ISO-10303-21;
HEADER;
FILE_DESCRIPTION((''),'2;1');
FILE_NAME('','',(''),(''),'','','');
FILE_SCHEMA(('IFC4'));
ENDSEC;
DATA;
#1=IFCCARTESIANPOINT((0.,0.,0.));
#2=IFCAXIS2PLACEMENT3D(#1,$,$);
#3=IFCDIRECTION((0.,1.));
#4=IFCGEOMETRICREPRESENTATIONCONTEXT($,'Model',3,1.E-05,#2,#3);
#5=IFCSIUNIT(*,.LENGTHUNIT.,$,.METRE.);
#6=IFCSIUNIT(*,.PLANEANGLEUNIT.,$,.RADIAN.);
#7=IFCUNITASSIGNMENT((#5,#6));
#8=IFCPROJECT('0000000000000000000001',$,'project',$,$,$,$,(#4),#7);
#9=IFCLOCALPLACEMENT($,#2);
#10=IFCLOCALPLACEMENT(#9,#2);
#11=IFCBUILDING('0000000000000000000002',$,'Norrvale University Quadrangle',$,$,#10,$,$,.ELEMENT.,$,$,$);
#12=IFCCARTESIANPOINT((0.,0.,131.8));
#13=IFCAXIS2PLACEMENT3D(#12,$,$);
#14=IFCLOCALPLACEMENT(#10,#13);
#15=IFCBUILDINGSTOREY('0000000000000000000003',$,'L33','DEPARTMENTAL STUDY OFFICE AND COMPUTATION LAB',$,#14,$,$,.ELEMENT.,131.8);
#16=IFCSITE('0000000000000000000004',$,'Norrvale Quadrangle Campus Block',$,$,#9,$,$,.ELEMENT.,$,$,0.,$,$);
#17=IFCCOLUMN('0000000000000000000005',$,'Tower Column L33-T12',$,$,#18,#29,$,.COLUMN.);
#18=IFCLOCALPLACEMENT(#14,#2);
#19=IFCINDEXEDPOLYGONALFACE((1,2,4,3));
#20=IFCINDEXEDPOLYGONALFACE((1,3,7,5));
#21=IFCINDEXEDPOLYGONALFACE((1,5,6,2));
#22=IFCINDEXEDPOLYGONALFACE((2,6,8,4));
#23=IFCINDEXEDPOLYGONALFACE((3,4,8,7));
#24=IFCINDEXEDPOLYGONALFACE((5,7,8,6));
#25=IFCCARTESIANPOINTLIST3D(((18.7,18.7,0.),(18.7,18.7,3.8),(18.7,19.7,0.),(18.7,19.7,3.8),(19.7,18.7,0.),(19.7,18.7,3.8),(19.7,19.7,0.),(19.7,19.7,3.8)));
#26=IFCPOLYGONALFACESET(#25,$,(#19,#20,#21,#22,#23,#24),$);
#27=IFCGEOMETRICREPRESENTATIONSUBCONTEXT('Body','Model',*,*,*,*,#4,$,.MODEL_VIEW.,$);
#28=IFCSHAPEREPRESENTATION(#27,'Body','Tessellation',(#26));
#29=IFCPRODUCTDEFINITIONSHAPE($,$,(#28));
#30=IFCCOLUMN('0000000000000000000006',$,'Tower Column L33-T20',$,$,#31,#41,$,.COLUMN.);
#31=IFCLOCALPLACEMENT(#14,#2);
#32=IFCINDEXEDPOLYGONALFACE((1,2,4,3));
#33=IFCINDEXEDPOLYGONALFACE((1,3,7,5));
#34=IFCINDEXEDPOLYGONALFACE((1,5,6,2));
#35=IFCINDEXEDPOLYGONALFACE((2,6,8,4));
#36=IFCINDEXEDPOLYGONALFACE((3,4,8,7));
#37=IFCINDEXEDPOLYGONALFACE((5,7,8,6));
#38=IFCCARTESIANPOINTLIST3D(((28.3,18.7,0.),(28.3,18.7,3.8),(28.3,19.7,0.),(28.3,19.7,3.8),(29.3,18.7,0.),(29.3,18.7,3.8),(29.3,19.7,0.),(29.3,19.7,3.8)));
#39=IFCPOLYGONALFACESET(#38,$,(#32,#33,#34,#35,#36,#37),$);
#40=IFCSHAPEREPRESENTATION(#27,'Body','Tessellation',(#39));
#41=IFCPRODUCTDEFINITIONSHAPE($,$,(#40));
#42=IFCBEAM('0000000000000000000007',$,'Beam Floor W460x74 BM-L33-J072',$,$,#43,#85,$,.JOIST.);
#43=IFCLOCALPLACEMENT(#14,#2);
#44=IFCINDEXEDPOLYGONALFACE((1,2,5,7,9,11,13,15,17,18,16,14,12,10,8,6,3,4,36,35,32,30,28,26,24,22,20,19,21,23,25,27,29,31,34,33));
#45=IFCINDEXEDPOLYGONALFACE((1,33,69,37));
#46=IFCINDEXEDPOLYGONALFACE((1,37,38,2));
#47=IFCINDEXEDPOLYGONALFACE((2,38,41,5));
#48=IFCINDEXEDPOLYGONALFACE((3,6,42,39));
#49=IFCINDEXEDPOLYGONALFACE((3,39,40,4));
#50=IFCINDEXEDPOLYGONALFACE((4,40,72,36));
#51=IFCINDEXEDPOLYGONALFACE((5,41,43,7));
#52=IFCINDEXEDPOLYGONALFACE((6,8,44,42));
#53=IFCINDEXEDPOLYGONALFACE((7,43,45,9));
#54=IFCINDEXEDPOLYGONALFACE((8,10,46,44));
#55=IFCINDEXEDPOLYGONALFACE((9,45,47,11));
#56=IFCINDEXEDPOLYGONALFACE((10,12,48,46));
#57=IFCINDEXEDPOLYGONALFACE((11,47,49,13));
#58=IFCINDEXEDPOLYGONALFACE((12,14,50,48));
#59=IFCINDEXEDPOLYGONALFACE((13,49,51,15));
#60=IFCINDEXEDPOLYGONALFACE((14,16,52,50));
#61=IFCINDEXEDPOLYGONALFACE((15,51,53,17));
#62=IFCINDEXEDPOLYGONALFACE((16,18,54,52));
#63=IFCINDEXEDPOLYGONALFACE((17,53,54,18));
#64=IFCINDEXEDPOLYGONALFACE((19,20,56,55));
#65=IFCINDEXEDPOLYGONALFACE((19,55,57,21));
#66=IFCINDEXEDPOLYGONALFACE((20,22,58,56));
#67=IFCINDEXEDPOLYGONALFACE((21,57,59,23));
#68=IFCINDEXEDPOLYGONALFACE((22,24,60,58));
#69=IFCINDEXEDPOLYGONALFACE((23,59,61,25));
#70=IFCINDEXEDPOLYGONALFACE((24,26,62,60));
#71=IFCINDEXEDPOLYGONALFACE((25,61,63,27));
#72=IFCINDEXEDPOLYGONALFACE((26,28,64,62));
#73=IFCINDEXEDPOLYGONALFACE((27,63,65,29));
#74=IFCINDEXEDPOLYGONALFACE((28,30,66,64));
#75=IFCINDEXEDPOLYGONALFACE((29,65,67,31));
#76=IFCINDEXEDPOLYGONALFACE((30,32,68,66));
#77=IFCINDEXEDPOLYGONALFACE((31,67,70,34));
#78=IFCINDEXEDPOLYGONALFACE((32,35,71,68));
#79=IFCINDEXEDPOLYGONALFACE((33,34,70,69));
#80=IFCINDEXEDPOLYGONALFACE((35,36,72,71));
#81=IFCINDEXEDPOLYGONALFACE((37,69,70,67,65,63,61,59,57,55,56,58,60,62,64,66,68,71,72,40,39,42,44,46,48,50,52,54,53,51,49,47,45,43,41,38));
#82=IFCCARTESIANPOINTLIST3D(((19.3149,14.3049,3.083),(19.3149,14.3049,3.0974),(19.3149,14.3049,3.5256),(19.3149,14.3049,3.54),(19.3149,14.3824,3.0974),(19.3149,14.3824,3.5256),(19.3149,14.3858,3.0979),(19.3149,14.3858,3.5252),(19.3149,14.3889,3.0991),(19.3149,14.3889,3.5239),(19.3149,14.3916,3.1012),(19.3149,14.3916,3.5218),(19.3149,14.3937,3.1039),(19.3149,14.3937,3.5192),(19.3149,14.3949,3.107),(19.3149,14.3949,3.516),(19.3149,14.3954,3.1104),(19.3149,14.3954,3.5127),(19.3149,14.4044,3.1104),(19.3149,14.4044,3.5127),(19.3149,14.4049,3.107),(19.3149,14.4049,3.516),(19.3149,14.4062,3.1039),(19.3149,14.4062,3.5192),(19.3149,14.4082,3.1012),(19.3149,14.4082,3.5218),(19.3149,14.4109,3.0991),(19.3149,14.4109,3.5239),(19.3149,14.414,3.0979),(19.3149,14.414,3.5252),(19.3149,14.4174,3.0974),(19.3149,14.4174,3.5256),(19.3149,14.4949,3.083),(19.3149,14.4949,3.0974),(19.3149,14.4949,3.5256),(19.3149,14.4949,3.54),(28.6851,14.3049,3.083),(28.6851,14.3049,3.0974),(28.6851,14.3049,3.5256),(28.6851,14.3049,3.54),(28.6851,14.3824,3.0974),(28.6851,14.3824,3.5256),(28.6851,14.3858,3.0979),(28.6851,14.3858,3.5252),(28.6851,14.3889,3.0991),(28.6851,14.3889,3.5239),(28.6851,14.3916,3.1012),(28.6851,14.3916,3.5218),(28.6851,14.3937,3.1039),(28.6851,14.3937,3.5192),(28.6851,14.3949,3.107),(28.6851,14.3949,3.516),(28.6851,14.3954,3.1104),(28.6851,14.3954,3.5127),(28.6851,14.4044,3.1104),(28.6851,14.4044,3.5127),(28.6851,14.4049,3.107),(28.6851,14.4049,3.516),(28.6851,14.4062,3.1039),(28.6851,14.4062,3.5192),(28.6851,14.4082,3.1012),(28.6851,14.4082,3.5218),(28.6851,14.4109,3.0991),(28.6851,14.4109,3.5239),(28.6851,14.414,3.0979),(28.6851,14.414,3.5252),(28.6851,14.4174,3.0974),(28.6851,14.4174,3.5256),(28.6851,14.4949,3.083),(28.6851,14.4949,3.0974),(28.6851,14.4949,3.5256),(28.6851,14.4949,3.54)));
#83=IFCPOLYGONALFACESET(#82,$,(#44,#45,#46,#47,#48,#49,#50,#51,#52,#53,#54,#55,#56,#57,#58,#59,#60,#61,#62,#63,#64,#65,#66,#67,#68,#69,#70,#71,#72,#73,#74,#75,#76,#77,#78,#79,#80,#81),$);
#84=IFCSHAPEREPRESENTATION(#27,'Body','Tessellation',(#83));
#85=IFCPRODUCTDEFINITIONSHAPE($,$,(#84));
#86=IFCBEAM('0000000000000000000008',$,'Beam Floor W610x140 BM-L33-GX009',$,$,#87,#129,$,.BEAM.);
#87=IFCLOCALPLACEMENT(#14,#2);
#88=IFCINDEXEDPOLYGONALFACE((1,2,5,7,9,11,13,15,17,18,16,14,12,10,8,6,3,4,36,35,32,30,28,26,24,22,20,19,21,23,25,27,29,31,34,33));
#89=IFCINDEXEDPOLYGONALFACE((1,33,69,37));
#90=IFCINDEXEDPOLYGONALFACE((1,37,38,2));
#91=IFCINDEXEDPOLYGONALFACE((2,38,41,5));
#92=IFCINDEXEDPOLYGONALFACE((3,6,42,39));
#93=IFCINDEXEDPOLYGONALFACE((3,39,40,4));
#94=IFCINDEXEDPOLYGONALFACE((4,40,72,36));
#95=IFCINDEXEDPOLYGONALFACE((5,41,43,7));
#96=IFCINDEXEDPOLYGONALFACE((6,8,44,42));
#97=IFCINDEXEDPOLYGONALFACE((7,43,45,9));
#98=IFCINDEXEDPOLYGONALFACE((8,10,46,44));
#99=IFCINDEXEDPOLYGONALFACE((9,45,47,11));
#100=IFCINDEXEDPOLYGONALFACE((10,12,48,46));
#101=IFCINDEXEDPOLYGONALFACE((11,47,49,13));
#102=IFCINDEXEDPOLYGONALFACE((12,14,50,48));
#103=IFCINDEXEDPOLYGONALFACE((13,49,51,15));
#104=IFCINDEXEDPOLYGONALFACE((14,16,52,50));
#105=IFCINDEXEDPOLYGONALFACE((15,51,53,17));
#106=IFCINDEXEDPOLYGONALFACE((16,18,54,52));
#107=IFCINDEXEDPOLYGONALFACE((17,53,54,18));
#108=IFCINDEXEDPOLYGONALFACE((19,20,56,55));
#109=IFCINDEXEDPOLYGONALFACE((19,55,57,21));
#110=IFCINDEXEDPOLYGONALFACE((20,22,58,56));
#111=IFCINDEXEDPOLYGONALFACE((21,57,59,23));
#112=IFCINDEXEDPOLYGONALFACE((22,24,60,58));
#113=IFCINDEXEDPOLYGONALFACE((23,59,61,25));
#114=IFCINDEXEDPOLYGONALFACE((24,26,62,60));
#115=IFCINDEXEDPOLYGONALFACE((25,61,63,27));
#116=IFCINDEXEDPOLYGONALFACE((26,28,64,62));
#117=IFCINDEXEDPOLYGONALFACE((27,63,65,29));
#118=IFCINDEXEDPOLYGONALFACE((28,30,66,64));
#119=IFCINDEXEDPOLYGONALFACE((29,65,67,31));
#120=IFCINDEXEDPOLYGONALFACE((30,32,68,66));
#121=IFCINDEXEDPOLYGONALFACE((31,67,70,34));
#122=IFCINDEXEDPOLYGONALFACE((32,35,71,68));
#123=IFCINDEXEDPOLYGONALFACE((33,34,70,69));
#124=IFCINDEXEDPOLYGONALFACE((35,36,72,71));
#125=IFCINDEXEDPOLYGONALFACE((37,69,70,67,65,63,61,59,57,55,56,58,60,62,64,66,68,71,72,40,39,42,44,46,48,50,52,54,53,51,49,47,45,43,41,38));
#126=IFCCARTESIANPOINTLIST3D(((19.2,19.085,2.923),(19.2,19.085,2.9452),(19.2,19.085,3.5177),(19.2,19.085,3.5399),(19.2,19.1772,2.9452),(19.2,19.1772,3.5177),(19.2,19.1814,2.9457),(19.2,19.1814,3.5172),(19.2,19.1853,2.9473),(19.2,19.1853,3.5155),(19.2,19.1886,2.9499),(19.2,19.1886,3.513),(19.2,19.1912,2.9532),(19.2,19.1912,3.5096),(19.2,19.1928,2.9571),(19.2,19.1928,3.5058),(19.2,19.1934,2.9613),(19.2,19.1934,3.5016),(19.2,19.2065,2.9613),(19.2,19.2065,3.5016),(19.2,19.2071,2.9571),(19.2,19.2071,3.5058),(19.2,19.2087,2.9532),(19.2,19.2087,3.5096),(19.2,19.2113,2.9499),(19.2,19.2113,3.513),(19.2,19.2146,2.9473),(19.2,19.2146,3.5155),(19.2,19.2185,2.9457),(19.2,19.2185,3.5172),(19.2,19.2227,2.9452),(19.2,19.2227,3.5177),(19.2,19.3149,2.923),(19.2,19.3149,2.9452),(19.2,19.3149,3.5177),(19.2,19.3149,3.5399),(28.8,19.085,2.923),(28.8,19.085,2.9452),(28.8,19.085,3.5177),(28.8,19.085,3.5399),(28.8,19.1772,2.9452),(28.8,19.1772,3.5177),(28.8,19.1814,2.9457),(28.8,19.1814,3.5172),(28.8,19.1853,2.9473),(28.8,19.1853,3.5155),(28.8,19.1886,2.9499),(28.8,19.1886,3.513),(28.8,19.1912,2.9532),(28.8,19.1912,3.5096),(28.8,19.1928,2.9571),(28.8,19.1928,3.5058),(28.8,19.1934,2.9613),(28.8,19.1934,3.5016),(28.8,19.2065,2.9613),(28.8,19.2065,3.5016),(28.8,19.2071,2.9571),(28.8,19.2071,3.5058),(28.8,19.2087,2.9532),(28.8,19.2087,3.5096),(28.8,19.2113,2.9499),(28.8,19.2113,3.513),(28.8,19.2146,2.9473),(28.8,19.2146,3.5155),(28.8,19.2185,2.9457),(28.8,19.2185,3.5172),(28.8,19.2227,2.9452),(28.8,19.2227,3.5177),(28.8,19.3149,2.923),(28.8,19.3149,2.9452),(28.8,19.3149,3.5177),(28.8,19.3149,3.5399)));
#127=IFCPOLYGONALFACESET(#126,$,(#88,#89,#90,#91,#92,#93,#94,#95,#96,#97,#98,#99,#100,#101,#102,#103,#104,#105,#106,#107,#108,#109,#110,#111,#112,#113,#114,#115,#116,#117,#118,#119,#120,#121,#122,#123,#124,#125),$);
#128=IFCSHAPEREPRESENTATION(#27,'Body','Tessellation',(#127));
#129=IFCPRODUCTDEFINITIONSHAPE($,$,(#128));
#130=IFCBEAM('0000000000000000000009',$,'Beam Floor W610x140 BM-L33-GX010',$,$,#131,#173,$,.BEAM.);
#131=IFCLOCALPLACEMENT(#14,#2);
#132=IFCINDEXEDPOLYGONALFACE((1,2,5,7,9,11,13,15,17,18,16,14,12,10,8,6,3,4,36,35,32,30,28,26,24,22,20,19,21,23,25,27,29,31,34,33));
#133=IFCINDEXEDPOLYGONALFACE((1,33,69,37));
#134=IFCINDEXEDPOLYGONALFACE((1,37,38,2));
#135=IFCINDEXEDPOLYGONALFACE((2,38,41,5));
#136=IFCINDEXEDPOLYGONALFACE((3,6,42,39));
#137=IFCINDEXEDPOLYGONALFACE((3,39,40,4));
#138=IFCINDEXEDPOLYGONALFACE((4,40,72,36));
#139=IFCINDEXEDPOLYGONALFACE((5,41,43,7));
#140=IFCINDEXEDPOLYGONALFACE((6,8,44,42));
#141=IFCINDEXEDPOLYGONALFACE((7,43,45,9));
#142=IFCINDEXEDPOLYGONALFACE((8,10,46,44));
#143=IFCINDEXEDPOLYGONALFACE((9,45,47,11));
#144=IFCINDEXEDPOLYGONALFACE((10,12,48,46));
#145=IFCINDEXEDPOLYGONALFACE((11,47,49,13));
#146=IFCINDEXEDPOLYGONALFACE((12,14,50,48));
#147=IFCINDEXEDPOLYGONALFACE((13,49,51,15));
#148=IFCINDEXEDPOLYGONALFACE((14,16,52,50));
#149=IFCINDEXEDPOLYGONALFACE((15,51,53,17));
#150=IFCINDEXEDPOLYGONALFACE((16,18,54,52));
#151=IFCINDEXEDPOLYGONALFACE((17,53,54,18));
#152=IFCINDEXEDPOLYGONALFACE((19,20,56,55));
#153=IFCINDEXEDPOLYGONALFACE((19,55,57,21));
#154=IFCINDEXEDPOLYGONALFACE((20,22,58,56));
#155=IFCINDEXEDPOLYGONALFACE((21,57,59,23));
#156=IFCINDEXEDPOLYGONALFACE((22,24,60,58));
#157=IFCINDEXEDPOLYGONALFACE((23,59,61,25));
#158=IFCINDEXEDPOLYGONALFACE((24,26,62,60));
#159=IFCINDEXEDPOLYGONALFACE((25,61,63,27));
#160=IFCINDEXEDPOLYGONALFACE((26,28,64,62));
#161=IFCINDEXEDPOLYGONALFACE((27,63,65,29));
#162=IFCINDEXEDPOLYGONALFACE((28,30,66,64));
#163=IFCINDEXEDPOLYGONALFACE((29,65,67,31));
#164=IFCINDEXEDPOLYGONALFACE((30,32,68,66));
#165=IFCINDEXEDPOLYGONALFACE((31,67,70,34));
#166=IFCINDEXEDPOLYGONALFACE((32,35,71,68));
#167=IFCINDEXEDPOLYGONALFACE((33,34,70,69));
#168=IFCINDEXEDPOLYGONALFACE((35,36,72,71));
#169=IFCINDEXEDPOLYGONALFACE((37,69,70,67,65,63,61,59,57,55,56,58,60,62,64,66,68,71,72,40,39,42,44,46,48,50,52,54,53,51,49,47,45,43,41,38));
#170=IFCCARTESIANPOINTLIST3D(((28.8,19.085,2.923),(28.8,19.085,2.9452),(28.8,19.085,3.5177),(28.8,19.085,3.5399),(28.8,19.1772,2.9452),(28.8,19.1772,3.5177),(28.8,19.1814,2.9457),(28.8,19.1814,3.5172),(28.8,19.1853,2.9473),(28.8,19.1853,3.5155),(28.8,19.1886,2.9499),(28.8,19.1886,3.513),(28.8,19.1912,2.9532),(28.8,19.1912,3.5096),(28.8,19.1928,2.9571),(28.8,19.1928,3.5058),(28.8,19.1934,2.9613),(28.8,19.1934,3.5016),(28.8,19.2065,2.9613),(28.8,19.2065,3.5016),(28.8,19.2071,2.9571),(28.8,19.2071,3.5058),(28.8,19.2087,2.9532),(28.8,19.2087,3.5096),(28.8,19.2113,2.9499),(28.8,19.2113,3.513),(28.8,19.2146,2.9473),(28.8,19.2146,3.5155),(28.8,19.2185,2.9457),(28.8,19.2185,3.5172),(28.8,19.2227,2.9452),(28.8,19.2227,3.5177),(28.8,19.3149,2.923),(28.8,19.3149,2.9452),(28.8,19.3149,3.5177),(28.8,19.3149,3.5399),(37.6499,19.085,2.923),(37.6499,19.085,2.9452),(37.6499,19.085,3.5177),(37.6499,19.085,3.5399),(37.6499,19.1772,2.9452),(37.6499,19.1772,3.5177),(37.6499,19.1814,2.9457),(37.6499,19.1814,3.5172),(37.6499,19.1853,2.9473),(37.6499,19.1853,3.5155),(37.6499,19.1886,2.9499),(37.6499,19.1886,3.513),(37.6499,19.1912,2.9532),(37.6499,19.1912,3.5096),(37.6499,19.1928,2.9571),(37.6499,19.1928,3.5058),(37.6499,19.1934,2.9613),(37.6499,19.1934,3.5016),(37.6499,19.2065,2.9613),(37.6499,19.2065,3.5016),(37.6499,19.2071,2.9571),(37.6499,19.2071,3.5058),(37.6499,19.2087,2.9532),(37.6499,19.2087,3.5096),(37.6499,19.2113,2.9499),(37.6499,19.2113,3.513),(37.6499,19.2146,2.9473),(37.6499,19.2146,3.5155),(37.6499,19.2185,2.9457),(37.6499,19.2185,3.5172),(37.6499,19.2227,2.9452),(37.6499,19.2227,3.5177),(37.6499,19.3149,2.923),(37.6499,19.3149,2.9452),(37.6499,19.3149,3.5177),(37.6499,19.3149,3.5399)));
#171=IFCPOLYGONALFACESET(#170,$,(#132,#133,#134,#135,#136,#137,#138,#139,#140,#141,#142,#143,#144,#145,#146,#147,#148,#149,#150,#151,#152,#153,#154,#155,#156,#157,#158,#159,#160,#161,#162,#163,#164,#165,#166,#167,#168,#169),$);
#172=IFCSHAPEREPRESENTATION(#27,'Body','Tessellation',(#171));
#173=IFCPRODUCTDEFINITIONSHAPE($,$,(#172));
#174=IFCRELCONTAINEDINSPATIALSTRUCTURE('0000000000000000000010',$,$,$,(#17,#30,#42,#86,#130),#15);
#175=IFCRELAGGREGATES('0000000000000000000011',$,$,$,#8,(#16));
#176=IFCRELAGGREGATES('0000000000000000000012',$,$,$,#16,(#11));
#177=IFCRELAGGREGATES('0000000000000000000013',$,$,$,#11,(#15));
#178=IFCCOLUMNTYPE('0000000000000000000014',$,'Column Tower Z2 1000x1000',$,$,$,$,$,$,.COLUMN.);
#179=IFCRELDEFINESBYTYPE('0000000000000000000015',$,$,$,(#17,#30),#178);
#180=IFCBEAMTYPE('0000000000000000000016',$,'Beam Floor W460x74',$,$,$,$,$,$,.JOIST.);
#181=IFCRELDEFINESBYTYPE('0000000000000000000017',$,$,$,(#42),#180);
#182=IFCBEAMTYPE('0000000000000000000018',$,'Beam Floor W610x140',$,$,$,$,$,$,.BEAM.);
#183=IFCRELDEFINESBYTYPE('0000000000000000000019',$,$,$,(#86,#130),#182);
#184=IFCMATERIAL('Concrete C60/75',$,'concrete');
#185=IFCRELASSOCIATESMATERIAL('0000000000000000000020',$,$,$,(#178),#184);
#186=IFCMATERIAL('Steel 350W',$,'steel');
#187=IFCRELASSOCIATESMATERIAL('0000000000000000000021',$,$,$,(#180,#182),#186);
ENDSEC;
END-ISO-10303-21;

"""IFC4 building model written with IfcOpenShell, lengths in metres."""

from ifc_helpers import new_model, si_unit, direction, frame, origin, origin_2d, place, context, subcontext, project, spatial, rectangle, i_section, extrude, material, material_profile, profile_set, type_object, element, save


model = new_model("IFC4")

# Units and contexts
model_context = context("Model", 3, precision=1e-05, world=origin(), true_north=direction((0.0, 1.0)))
body_context = subcontext(model_context, "Body", "Model", "MODEL_VIEW")
ifc_project = project(units=[si_unit("LENGTHUNIT", "METRE"), si_unit("PLANEANGLEUNIT", "RADIAN")], contexts=[model_context])

# Site, building, storey
site_placement = place(None, origin())
site = spatial("IfcSite", under=ifc_project, at=site_placement, Name="Norrvale Quadrangle Campus Block", CompositionType="ELEMENT", RefElevation=0.0)
building_placement = place(site_placement, origin())
building = spatial("IfcBuilding", under=site, at=building_placement, Name="Norrvale University Quadrangle", CompositionType="ELEMENT")
storey_placement = place(building_placement, frame((0.0, 0.0, 131.8)))
storey = spatial("IfcBuildingStorey", under=building, at=storey_placement, Name="L33", Description="DEPARTMENTAL STUDY OFFICE AND COMPUTATION LAB", CompositionType="ELEMENT", Elevation=131.8)

# Columns
ifc_material_1 = material(Name="Concrete C60/75", Category="concrete")
ifc_material_profile_1 = material_profile(ifc_material_1, rectangle(XDim=1.0, YDim=1.0, at=origin_2d()), Name="Concrete C60/75")
ifc_profile_set_1 = profile_set([ifc_material_profile_1], Name="Concrete C60/75")
column_type = type_object("IfcColumnType", Name="Column Tower Z2 1000x1000", PredefinedType="COLUMN", material=ifc_profile_set_1)
for number, where, z_axis, x_axis, name in (
    (1, (19.2, 19.2, 0.0), (0.0, 0.0, 1.0), (1.0, 0.0, 0.0), "Tower Column L33-T12"),
    (2, (28.8, 19.2, 0.0), (0.0, 0.0, 1.0), (1.0, 0.0, 0.0), "Tower Column L33-T20"),
):
    element("IfcColumn", number, at=place(storey_placement, frame(where, z_axis=z_axis, x_axis=x_axis)), inside=storey, type_object=column_type, Name=name, PredefinedType="COLUMN", context=body_context, shape_type="SweptSolid", body=[
        extrude(rectangle(XDim=1.0, YDim=1.0, at=origin_2d()), origin(), (0.0, 0.0, 1.0), 3.8),
    ])

# Beams
ifc_material_2 = material(Name="Steel 350W", Category="steel")
ifc_material_profile_2 = material_profile(ifc_material_2, i_section(OverallWidth=0.1899, OverallDepth=0.457, WebThickness=0.009, FlangeThickness=0.0144, FilletRadius=0.0129, at=origin_2d()), Name="Steel 350W")
ifc_profile_set_2 = profile_set([ifc_material_profile_2], Name="Steel 350W")
beam_type_1 = type_object("IfcBeamType", Name="Beam Floor W460x74", PredefinedType="JOIST", material=ifc_profile_set_2)
beam_1_placement = place(storey_placement, frame((19.3149, 14.3999, 3.3115), z_axis=(1.0, 0.0, 0.0), x_axis=(0.0, 1.0, 0.0)))
element("IfcBeam", 3, at=beam_1_placement, inside=storey, type_object=beam_type_1, Name="Beam Floor W460x74 BM-L33-J072", PredefinedType="JOIST", context=body_context, shape_type="SweptSolid", body=[
    extrude(i_section(OverallWidth=0.1899, OverallDepth=0.457, WebThickness=0.009, FlangeThickness=0.0144, FilletRadius=0.0129, at=origin_2d()), origin(), (0.0, 0.0, 1.0), 9.3701),
])
ifc_material_profile_3 = material_profile(ifc_material_2, i_section(OverallWidth=0.23, OverallDepth=0.6169, WebThickness=0.0132, FlangeThickness=0.0222, FilletRadius=0.0161, at=origin_2d()), Name="Steel 350W")
ifc_profile_set_3 = profile_set([ifc_material_profile_3], Name="Steel 350W")
beam_type_2 = type_object("IfcBeamType", Name="Beam Floor W610x140", PredefinedType="BEAM", material=ifc_profile_set_3)
beam_2_placement = place(storey_placement, frame((19.2, 19.2, 3.2314), z_axis=(1.0, 0.0, 0.0), x_axis=(0.0, 1.0, 0.0)))
element("IfcBeam", 4, at=beam_2_placement, inside=storey, type_object=beam_type_2, Name="Beam Floor W610x140 BM-L33-GX009", PredefinedType="BEAM", context=body_context, shape_type="SweptSolid", body=[
    extrude(i_section(OverallWidth=0.23, OverallDepth=0.6169, WebThickness=0.0132, FlangeThickness=0.0222, FilletRadius=0.0161, at=origin_2d()), origin(), (0.0, 0.0, 1.0), 9.6001),
])
beam_3_placement = place(storey_placement, frame((28.8, 19.2, 3.2314), z_axis=(1.0, 0.0, 0.0), x_axis=(0.0, 1.0, 0.0)))
element("IfcBeam", 5, at=beam_3_placement, inside=storey, type_object=beam_type_2, Name="Beam Floor W610x140 BM-L33-GX010", PredefinedType="BEAM", context=body_context, shape_type="SweptSolid", body=[
    extrude(i_section(OverallWidth=0.23, OverallDepth=0.6169, WebThickness=0.0132, FlangeThickness=0.0222, FilletRadius=0.0161, at=origin_2d()), origin(), (0.0, 0.0, 1.0), 8.8499),
])

save(model, "model.ifc")
